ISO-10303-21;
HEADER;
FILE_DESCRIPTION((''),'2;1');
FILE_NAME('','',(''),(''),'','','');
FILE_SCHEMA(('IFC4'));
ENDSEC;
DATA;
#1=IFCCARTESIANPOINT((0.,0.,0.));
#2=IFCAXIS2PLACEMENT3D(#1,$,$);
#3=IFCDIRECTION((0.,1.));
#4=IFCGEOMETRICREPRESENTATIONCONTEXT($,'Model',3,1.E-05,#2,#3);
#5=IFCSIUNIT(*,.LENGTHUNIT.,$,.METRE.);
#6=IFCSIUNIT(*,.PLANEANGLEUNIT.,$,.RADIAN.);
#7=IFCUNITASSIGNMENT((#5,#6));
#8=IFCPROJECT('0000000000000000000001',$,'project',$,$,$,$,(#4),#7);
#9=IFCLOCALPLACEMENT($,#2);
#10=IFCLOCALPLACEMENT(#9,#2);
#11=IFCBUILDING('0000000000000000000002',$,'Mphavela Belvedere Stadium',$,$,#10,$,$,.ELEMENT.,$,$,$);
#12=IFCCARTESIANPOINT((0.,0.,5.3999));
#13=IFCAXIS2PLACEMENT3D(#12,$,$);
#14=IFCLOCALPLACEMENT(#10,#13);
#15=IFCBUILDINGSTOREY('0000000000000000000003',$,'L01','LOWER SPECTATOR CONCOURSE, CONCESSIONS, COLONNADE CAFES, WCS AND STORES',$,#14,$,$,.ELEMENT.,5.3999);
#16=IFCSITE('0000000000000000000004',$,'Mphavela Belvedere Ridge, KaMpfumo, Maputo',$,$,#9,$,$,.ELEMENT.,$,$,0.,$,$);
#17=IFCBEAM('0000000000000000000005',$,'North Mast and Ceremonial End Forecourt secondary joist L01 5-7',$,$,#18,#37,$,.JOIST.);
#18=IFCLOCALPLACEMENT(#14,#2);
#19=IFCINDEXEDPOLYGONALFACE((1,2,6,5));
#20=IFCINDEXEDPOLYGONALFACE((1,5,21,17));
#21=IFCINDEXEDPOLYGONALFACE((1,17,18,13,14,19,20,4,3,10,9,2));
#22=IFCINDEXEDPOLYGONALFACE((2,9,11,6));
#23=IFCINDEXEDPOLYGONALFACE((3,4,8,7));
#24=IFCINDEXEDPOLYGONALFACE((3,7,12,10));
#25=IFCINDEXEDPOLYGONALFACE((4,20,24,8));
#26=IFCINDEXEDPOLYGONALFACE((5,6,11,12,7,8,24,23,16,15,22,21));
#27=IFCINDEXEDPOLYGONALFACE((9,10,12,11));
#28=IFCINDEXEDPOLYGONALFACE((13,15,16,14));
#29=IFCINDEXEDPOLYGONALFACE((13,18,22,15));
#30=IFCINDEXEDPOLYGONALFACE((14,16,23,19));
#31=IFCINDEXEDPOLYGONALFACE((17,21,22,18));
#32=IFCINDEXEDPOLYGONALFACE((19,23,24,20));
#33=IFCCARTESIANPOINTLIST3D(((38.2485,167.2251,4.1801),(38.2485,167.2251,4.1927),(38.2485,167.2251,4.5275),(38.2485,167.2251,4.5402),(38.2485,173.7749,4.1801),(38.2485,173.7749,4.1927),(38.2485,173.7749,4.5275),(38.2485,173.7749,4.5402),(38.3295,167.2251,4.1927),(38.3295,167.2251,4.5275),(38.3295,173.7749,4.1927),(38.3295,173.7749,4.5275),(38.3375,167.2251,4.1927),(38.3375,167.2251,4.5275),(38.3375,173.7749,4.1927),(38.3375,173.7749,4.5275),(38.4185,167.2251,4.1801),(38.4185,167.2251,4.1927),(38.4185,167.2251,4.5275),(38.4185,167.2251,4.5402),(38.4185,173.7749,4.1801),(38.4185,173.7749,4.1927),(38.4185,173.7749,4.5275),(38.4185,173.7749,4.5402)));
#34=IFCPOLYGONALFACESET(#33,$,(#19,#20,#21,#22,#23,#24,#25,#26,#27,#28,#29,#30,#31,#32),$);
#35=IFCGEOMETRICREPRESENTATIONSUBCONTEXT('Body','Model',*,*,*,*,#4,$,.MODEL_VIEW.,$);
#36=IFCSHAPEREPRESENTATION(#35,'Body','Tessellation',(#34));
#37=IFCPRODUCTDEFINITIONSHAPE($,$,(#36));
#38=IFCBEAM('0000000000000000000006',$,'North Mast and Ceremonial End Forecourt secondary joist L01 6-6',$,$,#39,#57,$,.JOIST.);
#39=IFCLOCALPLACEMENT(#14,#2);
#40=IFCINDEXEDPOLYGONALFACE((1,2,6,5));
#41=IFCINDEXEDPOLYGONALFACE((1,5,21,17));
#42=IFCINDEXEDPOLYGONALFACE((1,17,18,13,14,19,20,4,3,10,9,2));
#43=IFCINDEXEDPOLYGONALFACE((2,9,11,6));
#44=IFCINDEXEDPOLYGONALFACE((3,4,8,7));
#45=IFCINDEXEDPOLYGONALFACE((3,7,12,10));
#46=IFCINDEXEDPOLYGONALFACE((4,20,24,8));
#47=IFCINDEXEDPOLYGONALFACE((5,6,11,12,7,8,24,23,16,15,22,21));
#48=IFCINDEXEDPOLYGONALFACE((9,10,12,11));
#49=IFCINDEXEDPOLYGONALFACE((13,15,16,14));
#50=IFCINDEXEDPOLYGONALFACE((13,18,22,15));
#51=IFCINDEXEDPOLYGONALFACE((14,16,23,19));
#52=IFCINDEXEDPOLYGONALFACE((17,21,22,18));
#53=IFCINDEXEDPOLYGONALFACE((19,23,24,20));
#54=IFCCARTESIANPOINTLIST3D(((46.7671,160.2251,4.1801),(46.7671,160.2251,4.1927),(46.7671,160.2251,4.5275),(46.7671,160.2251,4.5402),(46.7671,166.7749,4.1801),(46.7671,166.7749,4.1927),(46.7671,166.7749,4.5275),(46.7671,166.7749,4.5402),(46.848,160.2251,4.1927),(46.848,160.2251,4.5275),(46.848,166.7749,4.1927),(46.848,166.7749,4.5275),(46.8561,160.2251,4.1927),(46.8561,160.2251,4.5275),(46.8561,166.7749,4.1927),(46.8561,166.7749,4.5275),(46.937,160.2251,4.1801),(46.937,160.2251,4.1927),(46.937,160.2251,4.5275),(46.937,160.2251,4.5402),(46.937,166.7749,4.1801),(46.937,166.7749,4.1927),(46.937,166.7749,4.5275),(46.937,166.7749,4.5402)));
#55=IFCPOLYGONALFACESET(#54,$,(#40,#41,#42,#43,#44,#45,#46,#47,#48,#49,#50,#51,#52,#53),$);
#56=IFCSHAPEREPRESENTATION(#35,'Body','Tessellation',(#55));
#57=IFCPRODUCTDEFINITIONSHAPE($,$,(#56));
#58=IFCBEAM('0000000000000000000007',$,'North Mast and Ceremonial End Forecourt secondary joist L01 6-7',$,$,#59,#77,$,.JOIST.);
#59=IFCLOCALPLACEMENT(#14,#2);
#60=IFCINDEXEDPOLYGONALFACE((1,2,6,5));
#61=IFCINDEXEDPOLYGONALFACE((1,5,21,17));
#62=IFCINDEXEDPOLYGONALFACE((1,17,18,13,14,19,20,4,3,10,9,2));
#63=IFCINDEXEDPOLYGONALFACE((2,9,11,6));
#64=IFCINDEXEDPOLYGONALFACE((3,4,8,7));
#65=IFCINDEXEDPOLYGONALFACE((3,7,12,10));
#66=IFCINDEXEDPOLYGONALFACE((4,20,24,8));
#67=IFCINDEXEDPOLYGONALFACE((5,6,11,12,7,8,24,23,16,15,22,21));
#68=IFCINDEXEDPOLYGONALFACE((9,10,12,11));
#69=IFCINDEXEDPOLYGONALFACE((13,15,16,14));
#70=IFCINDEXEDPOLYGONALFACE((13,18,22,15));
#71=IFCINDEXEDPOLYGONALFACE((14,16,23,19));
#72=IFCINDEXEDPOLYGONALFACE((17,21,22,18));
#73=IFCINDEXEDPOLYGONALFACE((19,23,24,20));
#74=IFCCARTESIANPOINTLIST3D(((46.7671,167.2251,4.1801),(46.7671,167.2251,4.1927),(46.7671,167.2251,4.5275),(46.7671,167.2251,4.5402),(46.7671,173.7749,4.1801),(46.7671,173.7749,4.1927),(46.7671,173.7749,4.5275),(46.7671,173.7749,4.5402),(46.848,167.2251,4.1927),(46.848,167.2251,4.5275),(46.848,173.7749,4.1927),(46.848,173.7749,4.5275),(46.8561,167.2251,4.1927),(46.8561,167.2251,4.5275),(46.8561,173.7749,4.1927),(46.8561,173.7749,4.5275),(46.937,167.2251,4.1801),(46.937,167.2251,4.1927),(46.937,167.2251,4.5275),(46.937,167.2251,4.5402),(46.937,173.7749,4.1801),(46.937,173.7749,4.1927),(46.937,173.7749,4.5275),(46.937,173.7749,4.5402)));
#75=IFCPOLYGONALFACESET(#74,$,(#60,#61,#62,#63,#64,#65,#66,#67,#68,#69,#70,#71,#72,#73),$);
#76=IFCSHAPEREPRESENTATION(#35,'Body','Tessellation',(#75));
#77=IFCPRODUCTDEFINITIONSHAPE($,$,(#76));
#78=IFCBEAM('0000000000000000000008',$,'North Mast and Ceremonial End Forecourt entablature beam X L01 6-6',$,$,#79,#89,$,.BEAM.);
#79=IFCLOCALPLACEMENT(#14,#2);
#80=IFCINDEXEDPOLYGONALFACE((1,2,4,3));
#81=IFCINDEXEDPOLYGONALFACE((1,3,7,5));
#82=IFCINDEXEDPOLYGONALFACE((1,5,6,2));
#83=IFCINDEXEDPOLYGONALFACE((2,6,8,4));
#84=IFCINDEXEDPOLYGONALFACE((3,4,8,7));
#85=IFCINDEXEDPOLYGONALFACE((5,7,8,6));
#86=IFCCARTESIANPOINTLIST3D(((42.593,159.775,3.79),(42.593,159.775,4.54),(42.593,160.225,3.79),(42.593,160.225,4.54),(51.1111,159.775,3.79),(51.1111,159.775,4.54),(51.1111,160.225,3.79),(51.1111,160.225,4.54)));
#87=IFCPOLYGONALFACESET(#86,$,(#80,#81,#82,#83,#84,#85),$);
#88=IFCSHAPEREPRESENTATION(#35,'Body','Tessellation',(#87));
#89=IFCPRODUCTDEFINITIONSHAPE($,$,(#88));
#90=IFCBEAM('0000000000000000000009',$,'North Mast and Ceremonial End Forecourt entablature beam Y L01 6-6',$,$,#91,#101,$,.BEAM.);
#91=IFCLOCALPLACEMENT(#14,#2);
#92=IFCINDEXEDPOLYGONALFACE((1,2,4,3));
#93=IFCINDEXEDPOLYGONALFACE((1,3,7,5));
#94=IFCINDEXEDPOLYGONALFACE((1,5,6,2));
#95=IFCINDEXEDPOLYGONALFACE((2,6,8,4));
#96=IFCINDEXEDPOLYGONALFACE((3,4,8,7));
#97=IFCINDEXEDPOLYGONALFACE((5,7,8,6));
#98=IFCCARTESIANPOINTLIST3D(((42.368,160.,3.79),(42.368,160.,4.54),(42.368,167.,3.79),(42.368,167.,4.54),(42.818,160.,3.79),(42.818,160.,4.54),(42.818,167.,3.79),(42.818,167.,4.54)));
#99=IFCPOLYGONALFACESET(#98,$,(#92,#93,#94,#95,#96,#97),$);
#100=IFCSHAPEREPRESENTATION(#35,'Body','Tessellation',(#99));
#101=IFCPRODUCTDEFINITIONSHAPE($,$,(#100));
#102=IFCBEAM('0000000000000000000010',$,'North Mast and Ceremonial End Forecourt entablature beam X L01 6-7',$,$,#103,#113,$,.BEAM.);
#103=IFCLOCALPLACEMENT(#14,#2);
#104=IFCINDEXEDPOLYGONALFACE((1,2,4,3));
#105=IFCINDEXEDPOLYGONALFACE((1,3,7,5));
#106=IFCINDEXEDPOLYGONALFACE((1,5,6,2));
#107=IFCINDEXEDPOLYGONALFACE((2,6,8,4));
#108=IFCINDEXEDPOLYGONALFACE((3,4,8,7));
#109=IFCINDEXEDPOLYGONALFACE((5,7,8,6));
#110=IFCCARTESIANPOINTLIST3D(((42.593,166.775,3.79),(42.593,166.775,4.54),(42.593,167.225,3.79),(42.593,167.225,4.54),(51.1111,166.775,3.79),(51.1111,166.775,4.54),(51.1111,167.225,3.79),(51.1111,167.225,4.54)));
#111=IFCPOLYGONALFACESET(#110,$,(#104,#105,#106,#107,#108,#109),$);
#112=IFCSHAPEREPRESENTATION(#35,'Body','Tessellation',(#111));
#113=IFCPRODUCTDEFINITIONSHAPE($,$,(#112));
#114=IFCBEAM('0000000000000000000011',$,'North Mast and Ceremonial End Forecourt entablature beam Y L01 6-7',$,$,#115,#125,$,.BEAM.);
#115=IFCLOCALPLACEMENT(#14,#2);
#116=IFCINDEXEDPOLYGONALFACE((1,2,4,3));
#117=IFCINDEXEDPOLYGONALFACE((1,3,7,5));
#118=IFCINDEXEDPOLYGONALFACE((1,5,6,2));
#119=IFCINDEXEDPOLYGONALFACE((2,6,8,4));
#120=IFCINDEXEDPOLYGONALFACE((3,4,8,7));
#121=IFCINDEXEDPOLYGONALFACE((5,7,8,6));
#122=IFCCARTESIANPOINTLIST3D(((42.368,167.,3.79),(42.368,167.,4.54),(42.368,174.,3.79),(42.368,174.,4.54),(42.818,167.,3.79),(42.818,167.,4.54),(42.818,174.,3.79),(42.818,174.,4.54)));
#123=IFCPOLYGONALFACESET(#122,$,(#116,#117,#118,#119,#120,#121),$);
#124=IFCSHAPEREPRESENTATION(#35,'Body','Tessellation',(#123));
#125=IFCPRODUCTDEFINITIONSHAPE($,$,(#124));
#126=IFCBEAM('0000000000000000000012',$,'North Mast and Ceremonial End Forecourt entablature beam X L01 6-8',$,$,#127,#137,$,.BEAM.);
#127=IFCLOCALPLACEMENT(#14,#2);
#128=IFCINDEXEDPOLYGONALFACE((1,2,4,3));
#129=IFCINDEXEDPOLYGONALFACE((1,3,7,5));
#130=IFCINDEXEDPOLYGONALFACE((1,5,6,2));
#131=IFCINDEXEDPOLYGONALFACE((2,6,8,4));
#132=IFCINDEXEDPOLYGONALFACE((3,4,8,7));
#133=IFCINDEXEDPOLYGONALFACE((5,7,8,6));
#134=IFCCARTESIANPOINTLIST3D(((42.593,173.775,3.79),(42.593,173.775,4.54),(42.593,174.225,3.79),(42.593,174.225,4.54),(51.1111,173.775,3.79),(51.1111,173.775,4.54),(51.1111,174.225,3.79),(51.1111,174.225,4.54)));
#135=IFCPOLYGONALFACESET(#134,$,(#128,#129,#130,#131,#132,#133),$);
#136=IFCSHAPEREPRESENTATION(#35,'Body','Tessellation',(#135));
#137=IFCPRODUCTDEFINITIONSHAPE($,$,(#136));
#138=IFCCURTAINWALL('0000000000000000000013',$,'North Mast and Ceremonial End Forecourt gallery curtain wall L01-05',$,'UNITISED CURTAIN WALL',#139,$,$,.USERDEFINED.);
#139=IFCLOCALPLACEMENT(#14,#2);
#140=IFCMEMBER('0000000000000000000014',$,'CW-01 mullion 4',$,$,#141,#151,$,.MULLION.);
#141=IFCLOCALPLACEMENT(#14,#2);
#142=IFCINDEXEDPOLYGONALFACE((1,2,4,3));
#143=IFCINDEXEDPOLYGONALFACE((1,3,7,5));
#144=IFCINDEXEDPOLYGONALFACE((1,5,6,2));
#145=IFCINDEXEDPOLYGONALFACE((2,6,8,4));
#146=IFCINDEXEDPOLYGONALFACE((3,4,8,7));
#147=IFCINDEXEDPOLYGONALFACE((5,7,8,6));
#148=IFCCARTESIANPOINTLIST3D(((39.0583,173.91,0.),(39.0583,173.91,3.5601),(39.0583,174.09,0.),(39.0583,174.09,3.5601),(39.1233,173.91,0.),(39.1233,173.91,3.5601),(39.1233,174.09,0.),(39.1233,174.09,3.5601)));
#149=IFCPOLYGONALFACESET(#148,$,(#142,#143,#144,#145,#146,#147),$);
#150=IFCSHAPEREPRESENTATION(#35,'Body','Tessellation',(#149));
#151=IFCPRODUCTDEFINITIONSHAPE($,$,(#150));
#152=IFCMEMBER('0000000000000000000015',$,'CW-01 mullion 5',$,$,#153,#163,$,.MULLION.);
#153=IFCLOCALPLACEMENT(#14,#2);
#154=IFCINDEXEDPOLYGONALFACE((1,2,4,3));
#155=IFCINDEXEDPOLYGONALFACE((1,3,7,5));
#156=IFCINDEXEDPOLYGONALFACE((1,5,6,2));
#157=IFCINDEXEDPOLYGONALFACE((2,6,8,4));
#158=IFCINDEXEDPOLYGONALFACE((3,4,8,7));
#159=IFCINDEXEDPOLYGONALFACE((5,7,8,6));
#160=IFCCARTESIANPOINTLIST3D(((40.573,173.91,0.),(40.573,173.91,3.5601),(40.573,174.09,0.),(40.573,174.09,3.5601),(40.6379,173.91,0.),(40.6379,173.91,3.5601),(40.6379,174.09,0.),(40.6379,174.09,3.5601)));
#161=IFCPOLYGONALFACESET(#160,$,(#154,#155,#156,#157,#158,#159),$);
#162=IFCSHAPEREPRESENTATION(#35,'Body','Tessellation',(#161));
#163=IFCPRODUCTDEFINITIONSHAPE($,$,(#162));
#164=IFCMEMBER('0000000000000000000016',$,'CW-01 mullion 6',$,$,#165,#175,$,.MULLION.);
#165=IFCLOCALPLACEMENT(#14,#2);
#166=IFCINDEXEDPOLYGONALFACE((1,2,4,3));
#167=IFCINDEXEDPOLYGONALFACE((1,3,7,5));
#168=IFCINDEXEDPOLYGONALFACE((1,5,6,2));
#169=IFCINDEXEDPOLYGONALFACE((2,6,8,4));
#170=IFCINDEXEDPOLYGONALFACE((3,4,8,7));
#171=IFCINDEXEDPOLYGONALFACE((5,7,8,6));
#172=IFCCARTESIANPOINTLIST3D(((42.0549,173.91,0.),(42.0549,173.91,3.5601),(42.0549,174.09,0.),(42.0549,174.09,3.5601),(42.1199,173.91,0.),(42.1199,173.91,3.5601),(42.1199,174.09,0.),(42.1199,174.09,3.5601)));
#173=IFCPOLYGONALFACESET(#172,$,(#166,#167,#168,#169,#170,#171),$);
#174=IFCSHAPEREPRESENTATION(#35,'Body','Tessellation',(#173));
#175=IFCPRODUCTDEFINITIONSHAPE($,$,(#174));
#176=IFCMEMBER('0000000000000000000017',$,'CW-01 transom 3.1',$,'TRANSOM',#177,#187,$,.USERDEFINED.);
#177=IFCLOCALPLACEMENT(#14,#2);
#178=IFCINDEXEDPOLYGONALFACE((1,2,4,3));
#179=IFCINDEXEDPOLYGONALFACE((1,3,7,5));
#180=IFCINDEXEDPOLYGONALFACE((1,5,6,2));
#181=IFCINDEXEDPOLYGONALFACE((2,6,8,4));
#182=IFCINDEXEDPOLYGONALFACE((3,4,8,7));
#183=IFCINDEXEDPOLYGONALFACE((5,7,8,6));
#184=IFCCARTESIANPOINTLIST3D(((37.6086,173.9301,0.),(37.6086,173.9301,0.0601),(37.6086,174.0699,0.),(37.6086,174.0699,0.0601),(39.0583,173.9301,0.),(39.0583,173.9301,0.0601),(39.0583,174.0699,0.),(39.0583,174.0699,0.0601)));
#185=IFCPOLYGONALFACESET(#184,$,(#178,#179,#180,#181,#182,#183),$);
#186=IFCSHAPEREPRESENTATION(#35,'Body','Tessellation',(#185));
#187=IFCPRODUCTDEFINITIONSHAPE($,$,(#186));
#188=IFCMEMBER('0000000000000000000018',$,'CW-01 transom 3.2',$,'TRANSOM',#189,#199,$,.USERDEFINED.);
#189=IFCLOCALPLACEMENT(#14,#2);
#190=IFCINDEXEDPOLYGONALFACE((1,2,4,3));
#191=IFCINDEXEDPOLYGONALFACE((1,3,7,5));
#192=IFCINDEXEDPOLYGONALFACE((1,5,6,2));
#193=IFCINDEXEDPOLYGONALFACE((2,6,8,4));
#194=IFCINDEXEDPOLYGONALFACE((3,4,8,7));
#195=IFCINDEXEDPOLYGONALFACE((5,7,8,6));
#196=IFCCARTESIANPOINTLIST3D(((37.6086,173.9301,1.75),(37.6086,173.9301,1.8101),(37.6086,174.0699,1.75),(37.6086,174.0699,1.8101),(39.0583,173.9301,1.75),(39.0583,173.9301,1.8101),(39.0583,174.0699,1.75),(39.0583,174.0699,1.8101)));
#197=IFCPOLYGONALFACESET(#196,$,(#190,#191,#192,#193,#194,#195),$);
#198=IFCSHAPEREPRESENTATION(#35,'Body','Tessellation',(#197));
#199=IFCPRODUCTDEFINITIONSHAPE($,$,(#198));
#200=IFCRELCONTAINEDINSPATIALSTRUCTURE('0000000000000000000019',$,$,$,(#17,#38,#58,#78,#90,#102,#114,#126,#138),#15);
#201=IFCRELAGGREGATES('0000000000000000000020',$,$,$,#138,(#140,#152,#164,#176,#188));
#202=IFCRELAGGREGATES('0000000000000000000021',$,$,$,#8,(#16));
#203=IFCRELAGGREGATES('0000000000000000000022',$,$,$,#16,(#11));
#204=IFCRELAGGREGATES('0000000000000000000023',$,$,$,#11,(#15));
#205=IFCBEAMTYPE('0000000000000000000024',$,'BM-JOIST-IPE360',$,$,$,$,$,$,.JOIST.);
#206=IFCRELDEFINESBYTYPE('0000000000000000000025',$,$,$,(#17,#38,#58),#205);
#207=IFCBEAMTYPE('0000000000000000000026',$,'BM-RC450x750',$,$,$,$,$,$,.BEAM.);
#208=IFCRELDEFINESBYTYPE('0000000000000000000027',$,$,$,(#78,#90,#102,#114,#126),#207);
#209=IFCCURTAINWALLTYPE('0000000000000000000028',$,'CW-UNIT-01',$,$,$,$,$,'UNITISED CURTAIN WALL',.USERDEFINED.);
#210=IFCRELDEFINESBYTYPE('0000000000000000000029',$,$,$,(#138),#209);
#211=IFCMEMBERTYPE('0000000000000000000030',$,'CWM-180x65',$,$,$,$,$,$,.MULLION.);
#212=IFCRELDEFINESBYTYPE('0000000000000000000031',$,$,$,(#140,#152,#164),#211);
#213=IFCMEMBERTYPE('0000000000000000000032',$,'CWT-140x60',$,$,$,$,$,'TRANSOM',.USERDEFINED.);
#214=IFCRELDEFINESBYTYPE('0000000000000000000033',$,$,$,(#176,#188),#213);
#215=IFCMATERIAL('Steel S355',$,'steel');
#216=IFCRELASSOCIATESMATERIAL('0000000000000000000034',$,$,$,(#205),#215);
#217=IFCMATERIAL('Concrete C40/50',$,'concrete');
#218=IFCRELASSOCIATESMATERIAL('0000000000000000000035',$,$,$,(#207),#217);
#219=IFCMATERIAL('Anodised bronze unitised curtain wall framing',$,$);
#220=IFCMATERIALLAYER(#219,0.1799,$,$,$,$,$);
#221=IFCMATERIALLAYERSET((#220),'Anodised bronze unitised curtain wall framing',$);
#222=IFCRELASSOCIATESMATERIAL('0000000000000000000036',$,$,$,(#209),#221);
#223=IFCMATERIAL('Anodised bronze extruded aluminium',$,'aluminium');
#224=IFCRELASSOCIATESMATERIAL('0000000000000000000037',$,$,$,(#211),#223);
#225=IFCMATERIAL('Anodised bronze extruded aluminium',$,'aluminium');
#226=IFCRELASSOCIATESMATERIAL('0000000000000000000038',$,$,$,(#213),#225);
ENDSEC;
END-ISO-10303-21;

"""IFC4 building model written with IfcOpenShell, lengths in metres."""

from ifc_helpers import new_model, si_unit, direction, frame, origin, origin_2d, place, context, subcontext, project, spatial, rectangle, i_section, extrude, material, layer, layer_set, material_profile, profile_set, type_object, element, aggregate, save


model = new_model("IFC4")

# Units and contexts
model_context = context("Model", 3, precision=1e-05, world=origin(), true_north=direction((0.0, 1.0)))
body_context = subcontext(model_context, "Body", "Model", "MODEL_VIEW")
ifc_project = project(units=[si_unit("LENGTHUNIT", "METRE"), si_unit("PLANEANGLEUNIT", "RADIAN")], contexts=[model_context])

# Site, building, storey
site_placement = place(None, origin())
site = spatial("IfcSite", under=ifc_project, at=site_placement, Name="Mphavela Belvedere Ridge, KaMpfumo, Maputo", CompositionType="ELEMENT", RefElevation=0.0)
building_placement = place(site_placement, origin())
building = spatial("IfcBuilding", under=site, at=building_placement, Name="Mphavela Belvedere Stadium", CompositionType="ELEMENT")
storey_placement = place(building_placement, frame((0.0, 0.0, 5.3999)))
storey = spatial("IfcBuildingStorey", under=building, at=storey_placement, Name="L01", Description="LOWER SPECTATOR CONCOURSE, CONCESSIONS, COLONNADE CAFES, WCS AND STORES", CompositionType="ELEMENT", Elevation=5.3999)

# Beams
ifc_material_1 = material(Name="Steel S355", Category="steel")
ifc_material_profile_1 = material_profile(ifc_material_1, i_section(OverallWidth=0.1699, OverallDepth=0.3601, WebThickness=0.0081, FlangeThickness=0.0127, at=origin_2d()), Name="IPE 360")
ifc_profile_set_1 = profile_set([ifc_material_profile_1], Name="Steel S355")
beam_type_1 = type_object("IfcBeamType", Name="BM-JOIST-IPE360", PredefinedType="JOIST", material=ifc_profile_set_1)
for number, where, z_axis, x_axis, name in (
    (1, (38.3335, 167.2251, 4.3601), (0.0, 1.0, 0.0), (-1.0, 0.0, 0.0), "North Mast and Ceremonial End Forecourt secondary joist L01 5-7"),
    (2, (46.8521, 160.2251, 4.3601), (0.0, 1.0, 0.0), (-1.0, 0.0, 0.0), "North Mast and Ceremonial End Forecourt secondary joist L01 6-6"),
    (3, (46.8521, 167.2251, 4.3601), (0.0, 1.0, 0.0), (-1.0, 0.0, 0.0), "North Mast and Ceremonial End Forecourt secondary joist L01 6-7"),
):
    element("IfcBeam", number, at=place(storey_placement, frame(where, z_axis=z_axis, x_axis=x_axis)), inside=storey, type_object=beam_type_1, Name=name, PredefinedType="JOIST", context=body_context, shape_type="SweptSolid", body=[
        extrude(i_section(OverallWidth=0.1699, OverallDepth=0.3601, WebThickness=0.0081, FlangeThickness=0.0127, at=origin_2d()), origin(), (0.0, 0.0, 1.0), 6.5498),
    ])
ifc_material_2 = material(Name="Concrete C40/50", Category="concrete")
ifc_material_profile_2 = material_profile(ifc_material_2, rectangle(XDim=0.45, YDim=0.75, at=origin_2d()), Name="RC 450x750")
ifc_profile_set_2 = profile_set([ifc_material_profile_2], Name="Concrete C40/50")
beam_type_2 = type_object("IfcBeamType", Name="BM-RC450x750", PredefinedType="BEAM", material=ifc_profile_set_2)
beam_1_placement = place(storey_placement, frame((42.593, 160.0, 4.165), z_axis=(1.0, 0.0, 0.0), x_axis=(0.0, 1.0, 0.0)))
element("IfcBeam", 4, at=beam_1_placement, inside=storey, type_object=beam_type_2, Name="North Mast and Ceremonial End Forecourt entablature beam X L01 6-6", PredefinedType="BEAM", context=body_context, shape_type="SweptSolid", body=[
    extrude(rectangle(XDim=0.45, YDim=0.75, at=origin_2d()), origin(), (0.0, 0.0, 1.0), 8.5181),
])
beam_2_placement = place(storey_placement, frame((42.593, 160.0, 4.165), z_axis=(0.0, 1.0, 0.0), x_axis=(-1.0, 0.0, 0.0)))
element("IfcBeam", 5, at=beam_2_placement, inside=storey, type_object=beam_type_2, Name="North Mast and Ceremonial End Forecourt entablature beam Y L01 6-6", PredefinedType="BEAM", context=body_context, shape_type="SweptSolid", body=[
    extrude(rectangle(XDim=0.45, YDim=0.75, at=origin_2d()), origin(), (0.0, 0.0, 1.0), 7.0),
])
beam_3_placement = place(storey_placement, frame((42.593, 167.0, 4.165), z_axis=(1.0, 0.0, 0.0), x_axis=(0.0, 1.0, 0.0)))
element("IfcBeam", 6, at=beam_3_placement, inside=storey, type_object=beam_type_2, Name="North Mast and Ceremonial End Forecourt entablature beam X L01 6-7", PredefinedType="BEAM", context=body_context, shape_type="SweptSolid", body=[
    extrude(rectangle(XDim=0.45, YDim=0.75, at=origin_2d()), origin(), (0.0, 0.0, 1.0), 8.5181),
])
beam_4_placement = place(storey_placement, frame((42.593, 167.0, 4.165), z_axis=(0.0, 1.0, 0.0), x_axis=(-1.0, 0.0, 0.0)))
element("IfcBeam", 7, at=beam_4_placement, inside=storey, type_object=beam_type_2, Name="North Mast and Ceremonial End Forecourt entablature beam Y L01 6-7", PredefinedType="BEAM", context=body_context, shape_type="SweptSolid", body=[
    extrude(rectangle(XDim=0.45, YDim=0.75, at=origin_2d()), origin(), (0.0, 0.0, 1.0), 7.0),
])
beam_5_placement = place(storey_placement, frame((42.593, 174.0, 4.165), z_axis=(1.0, 0.0, 0.0), x_axis=(0.0, 1.0, 0.0)))
element("IfcBeam", 8, at=beam_5_placement, inside=storey, type_object=beam_type_2, Name="North Mast and Ceremonial End Forecourt entablature beam X L01 6-8", PredefinedType="BEAM", context=body_context, shape_type="SweptSolid", body=[
    extrude(rectangle(XDim=0.45, YDim=0.75, at=origin_2d()), origin(), (0.0, 0.0, 1.0), 8.5181),
])

# Curtain wall, members
ifc_material_3 = material(Name="Anodised bronze unitised curtain wall framing")
ifc_layer_1 = layer(ifc_material_3, 0.1799)
ifc_layer_set_1 = layer_set([ifc_layer_1], Name="Anodised bronze unitised curtain wall framing")
curtain_wall_type = type_object("IfcCurtainWallType", Name="CW-UNIT-01", ElementType="UNITISED CURTAIN WALL", PredefinedType="USERDEFINED", material=ifc_layer_set_1)
curtain_wall_placement = place(storey_placement, origin())
curtain_wall = element("IfcCurtainWall", 9, at=curtain_wall_placement, inside=storey, type_object=curtain_wall_type, Name="North Mast and Ceremonial End Forecourt gallery curtain wall L01-05", ObjectType="UNITISED CURTAIN WALL", PredefinedType="USERDEFINED")
ifc_material_4 = material(Name="Anodised bronze extruded aluminium", Category="aluminium")
ifc_material_profile_3 = material_profile(ifc_material_4, rectangle(XDim=0.1799, YDim=0.0649, at=origin_2d()), Name="CW-MUL 180x65")
ifc_profile_set_3 = profile_set([ifc_material_profile_3], Name="Anodised bronze extruded aluminium")
member_type_1 = type_object("IfcMemberType", Name="CWM-180x65", PredefinedType="MULLION", material=ifc_profile_set_3)
member_1_placement = place(storey_placement, frame((39.0908, 174.0, 0.0), z_axis=(0.0, 0.0, 1.0), x_axis=(0.0, 1.0, 0.0)))
member_1 = element("IfcMember", 10, at=member_1_placement, type_object=member_type_1, Name="CW-01 mullion 4", PredefinedType="MULLION", context=body_context, shape_type="SweptSolid", body=[
    extrude(rectangle(XDim=0.1799, YDim=0.0649, at=origin_2d()), origin(), (0.0, 0.0, 1.0), 3.5601),
])
member_2_placement = place(storey_placement, frame((40.6055, 174.0, 0.0), z_axis=(0.0, 0.0, 1.0), x_axis=(0.0, 1.0, 0.0)))
member_2 = element("IfcMember", 11, at=member_2_placement, type_object=member_type_1, Name="CW-01 mullion 5", PredefinedType="MULLION", context=body_context, shape_type="SweptSolid", body=[
    extrude(rectangle(XDim=0.1799, YDim=0.0649, at=origin_2d()), origin(), (0.0, 0.0, 1.0), 3.5601),
])
member_3_placement = place(storey_placement, frame((42.0874, 174.0, 0.0), z_axis=(0.0, 0.0, 1.0), x_axis=(0.0, 1.0, 0.0)))
member_3 = element("IfcMember", 12, at=member_3_placement, type_object=member_type_1, Name="CW-01 mullion 6", PredefinedType="MULLION", context=body_context, shape_type="SweptSolid", body=[
    extrude(rectangle(XDim=0.1799, YDim=0.0649, at=origin_2d()), origin(), (0.0, 0.0, 1.0), 3.5601),
])
ifc_material_5 = material(Name="Anodised bronze extruded aluminium", Category="aluminium")
ifc_material_profile_4 = material_profile(ifc_material_5, rectangle(XDim=0.1399, YDim=0.0601, at=origin_2d()), Name="CW-TRN 140x60")
ifc_profile_set_4 = profile_set([ifc_material_profile_4], Name="Anodised bronze extruded aluminium")
member_type_2 = type_object("IfcMemberType", Name="CWT-140x60", ElementType="TRANSOM", PredefinedType="USERDEFINED", material=ifc_profile_set_4)
member_4_placement = place(storey_placement, frame((37.6086, 174.0, 0.03), z_axis=(1.0, 0.0, 0.0), x_axis=(0.0, 1.0, 0.0)))
member_4 = element("IfcMember", 13, at=member_4_placement, type_object=member_type_2, Name="CW-01 transom 3.1", ObjectType="TRANSOM", PredefinedType="USERDEFINED", context=body_context, shape_type="SweptSolid", body=[
    extrude(rectangle(XDim=0.1399, YDim=0.0601, at=origin_2d()), origin(), (0.0, 0.0, 1.0), 1.4497),
])
member_5_placement = place(storey_placement, frame((37.6086, 174.0, 1.78), z_axis=(1.0, 0.0, 0.0), x_axis=(0.0, 1.0, 0.0)))
member_5 = element("IfcMember", 14, at=member_5_placement, type_object=member_type_2, Name="CW-01 transom 3.2", ObjectType="TRANSOM", PredefinedType="USERDEFINED", context=body_context, shape_type="SweptSolid", body=[
    extrude(rectangle(XDim=0.1399, YDim=0.0601, at=origin_2d()), origin(), (0.0, 0.0, 1.0), 1.4497),
])
aggregate(curtain_wall, [member_1, member_2, member_3, member_4, member_5])

save(model, "model.ifc")
